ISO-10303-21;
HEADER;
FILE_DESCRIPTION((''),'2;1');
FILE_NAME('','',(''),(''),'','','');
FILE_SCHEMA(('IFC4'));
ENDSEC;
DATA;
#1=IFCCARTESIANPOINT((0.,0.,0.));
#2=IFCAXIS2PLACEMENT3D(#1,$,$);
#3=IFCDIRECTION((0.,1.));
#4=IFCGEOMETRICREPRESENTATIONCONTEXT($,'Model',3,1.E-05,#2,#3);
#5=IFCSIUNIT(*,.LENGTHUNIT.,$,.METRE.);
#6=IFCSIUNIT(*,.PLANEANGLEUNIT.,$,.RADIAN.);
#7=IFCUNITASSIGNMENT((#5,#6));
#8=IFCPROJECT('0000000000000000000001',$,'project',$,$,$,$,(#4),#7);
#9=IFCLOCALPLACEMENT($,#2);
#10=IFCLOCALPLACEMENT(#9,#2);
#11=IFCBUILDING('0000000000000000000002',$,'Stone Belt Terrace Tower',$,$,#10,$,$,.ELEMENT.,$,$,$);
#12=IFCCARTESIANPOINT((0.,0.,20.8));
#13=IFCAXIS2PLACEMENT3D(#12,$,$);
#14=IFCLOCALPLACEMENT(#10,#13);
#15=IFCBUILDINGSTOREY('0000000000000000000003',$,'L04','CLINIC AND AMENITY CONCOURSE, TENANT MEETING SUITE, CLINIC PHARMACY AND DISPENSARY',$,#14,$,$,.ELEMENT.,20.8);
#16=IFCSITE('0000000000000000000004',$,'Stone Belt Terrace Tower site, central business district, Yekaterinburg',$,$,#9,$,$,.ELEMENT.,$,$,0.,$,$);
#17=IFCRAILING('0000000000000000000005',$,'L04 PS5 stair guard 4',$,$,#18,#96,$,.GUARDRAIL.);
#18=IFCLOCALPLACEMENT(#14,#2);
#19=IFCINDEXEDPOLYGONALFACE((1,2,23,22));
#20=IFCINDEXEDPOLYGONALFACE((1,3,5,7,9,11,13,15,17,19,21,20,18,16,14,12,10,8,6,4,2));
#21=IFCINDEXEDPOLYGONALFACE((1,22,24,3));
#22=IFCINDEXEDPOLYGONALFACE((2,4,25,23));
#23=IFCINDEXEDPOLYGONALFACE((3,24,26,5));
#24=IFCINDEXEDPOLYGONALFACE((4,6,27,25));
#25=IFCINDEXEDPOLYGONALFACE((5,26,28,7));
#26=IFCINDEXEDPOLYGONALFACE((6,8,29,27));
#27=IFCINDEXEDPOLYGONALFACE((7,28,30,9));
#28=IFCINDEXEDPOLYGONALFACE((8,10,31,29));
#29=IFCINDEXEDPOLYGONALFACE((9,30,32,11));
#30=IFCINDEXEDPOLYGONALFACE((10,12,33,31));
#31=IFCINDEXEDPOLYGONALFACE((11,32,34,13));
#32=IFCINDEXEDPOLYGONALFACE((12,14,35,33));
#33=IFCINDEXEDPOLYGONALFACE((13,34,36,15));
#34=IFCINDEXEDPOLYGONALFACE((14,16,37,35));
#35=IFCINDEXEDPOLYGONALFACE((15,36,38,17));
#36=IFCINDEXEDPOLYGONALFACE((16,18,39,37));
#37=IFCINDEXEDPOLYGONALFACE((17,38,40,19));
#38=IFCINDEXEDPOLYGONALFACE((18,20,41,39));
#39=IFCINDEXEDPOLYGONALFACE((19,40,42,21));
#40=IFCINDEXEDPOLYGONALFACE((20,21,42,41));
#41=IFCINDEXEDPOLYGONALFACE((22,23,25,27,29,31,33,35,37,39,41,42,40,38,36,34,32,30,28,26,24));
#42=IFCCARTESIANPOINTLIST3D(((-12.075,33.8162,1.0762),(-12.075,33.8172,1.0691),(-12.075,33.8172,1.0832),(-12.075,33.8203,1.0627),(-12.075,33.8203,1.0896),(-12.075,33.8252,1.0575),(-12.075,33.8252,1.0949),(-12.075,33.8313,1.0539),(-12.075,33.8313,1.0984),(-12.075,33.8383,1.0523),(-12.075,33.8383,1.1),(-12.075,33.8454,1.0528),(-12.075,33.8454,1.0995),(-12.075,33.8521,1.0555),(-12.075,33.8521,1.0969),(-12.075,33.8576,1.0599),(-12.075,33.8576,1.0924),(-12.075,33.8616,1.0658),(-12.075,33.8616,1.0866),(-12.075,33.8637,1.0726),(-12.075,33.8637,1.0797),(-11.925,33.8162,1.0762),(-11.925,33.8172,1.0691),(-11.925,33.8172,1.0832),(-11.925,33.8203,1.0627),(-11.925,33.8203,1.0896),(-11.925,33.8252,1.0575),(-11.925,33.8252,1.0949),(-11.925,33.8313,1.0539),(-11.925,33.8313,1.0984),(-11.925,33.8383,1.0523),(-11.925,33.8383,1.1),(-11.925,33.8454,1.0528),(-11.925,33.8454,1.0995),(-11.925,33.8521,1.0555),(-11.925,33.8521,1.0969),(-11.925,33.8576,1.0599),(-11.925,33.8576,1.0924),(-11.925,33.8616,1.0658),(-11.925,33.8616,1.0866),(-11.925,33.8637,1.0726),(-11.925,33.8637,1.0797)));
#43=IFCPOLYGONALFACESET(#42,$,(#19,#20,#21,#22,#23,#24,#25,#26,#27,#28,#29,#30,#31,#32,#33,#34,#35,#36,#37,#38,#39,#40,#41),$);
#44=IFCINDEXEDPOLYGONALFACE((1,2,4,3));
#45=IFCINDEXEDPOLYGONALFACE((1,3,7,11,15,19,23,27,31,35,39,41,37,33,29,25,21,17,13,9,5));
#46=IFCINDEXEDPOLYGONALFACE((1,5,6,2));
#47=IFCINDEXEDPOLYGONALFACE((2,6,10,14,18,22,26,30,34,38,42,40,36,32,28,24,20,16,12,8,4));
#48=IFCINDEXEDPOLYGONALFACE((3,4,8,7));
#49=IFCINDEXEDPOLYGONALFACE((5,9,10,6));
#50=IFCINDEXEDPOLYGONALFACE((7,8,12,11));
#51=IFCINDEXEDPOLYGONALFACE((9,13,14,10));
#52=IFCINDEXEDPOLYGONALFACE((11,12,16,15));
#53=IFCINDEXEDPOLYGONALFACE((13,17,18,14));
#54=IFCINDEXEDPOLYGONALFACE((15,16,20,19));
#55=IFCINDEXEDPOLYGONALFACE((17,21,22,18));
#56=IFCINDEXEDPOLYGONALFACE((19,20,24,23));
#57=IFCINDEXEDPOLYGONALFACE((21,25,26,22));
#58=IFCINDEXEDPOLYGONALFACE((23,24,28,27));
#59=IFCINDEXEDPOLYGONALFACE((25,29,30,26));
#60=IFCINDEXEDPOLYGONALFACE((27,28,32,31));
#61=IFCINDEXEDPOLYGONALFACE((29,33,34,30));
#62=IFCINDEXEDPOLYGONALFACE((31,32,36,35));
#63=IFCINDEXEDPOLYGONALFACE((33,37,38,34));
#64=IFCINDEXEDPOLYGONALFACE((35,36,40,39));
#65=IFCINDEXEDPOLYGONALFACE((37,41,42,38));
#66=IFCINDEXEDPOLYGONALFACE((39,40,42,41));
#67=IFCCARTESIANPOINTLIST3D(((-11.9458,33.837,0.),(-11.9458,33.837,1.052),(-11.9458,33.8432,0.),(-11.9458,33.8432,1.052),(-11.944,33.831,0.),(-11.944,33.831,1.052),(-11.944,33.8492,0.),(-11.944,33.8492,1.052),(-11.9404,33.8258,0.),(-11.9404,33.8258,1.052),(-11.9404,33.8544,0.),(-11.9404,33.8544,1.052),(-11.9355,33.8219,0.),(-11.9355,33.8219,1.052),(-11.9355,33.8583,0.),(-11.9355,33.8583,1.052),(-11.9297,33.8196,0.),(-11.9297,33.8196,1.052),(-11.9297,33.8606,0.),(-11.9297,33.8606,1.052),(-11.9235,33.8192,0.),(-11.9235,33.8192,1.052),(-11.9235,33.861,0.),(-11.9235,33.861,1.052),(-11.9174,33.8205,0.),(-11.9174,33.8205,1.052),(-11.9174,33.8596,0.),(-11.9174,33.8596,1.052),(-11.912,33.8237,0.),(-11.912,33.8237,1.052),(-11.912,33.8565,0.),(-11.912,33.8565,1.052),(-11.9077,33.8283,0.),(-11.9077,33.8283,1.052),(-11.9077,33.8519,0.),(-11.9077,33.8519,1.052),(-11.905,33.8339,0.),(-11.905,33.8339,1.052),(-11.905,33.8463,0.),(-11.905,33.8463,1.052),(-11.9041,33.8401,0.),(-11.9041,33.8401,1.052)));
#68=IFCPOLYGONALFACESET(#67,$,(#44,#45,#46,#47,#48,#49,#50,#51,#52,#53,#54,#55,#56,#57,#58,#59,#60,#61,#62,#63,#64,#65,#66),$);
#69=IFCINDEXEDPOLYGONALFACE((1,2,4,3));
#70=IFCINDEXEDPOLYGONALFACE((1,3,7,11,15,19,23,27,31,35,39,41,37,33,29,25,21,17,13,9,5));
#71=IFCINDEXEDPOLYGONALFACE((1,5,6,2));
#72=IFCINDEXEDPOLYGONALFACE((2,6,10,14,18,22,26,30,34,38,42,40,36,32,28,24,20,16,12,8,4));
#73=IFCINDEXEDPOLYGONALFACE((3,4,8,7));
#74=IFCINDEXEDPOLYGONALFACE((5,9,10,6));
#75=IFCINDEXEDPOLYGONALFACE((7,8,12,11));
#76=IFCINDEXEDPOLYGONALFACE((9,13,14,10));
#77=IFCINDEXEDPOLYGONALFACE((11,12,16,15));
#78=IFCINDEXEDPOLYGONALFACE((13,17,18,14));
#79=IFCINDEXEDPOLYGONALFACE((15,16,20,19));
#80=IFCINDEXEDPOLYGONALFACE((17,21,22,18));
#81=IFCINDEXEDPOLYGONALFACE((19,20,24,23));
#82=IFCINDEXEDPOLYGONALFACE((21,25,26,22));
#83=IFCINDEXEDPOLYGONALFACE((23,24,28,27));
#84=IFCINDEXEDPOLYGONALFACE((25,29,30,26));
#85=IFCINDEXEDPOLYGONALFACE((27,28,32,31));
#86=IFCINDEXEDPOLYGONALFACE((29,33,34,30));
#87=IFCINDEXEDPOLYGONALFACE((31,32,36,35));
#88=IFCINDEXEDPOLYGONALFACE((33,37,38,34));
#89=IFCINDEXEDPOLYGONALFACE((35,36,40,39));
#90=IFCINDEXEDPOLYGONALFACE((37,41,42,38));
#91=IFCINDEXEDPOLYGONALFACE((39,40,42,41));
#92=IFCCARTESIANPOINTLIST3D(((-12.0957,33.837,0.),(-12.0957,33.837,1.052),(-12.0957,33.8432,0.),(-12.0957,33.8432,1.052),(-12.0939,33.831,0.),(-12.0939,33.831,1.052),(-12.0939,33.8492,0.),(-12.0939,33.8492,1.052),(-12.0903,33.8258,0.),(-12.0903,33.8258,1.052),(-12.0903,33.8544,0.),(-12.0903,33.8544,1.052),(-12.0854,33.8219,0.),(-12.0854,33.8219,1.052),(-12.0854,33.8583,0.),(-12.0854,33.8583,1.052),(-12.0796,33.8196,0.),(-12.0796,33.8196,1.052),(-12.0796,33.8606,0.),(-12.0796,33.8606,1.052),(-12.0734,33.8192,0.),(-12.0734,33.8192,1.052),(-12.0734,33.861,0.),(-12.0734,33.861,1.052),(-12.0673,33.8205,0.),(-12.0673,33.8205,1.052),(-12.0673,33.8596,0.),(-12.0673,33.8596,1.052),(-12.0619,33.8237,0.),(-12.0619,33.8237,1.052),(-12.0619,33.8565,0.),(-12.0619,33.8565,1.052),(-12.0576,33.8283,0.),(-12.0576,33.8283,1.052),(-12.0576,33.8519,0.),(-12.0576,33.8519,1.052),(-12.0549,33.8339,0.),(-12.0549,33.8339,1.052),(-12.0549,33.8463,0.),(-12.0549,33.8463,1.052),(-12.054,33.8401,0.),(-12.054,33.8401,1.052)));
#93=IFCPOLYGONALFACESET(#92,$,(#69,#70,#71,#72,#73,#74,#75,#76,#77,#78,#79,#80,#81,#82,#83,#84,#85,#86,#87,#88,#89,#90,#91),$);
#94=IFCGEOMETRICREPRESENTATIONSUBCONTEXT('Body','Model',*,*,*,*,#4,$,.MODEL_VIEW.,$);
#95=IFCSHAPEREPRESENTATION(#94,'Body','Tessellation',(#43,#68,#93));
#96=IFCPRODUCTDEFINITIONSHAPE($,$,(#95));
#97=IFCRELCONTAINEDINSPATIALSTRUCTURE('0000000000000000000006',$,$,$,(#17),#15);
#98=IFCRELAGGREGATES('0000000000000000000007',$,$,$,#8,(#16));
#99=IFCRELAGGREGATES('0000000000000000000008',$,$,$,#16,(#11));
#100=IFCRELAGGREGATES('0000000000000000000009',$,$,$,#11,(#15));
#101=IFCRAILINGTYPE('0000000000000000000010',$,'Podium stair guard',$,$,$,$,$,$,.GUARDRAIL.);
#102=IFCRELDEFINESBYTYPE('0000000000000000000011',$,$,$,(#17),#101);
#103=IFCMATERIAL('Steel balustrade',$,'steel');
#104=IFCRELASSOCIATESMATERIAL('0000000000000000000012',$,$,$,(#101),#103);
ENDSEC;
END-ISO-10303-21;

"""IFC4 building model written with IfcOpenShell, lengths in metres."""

from ifc_helpers import new_model, si_unit, direction, frame, origin, origin_2d, place, context, subcontext, project, spatial, circle, extrude, material, type_object, element, save


model = new_model("IFC4")

# Units and contexts
model_context = context("Model", 3, precision=1e-05, world=origin(), true_north=direction((0.0, 1.0)))
body_context = subcontext(model_context, "Body", "Model", "MODEL_VIEW")
ifc_project = project(units=[si_unit("LENGTHUNIT", "METRE"), si_unit("PLANEANGLEUNIT", "RADIAN")], contexts=[model_context])

# Site, building, storey
site_placement = place(None, origin())
site = spatial("IfcSite", under=ifc_project, at=site_placement, Name="Stone Belt Terrace Tower site, central business district, Yekaterinburg", CompositionType="ELEMENT", RefElevation=0.0)
building_placement = place(site_placement, origin())
building = spatial("IfcBuilding", under=site, at=building_placement, Name="Stone Belt Terrace Tower", CompositionType="ELEMENT")
storey_placement = place(building_placement, frame((0.0, 0.0, 20.8)))
storey = spatial("IfcBuildingStorey", under=building, at=storey_placement, Name="L04", Description="CLINIC AND AMENITY CONCOURSE, TENANT MEETING SUITE, CLINIC PHARMACY AND DISPENSARY", CompositionType="ELEMENT", Elevation=20.8)

# Railing
ifc_material_1 = material(Name="Steel balustrade", Category="steel")
railing_type_1 = type_object("IfcRailingType", Name="Podium stair guard", PredefinedType="GUARDRAIL", material=ifc_material_1)
railing_1_placement = place(storey_placement, frame((-11.925, 33.8401, 0.0)))
element("IfcRailing", 1, at=railing_1_placement, inside=storey, type_object=railing_type_1, Name="L04 PS5 stair guard 4", PredefinedType="GUARDRAIL", context=body_context, shape_type="SweptSolid", body=[
    extrude(circle(Radius=0.0239, at=origin_2d()), frame((0.0, 0.0, 1.0762), z_axis=(-1.0, 0.0, 0.0), x_axis=(0.0, -1.0, 0.0)), (0.0, 0.0, 1.0), 0.1499),
    extrude(circle(Radius=0.021, at=origin_2d()), origin(), (0.0, 0.0, 1.0), 1.052),
    extrude(circle(Radius=0.021, at=origin_2d()), frame((-0.1499, 0.0, 0.0)), (0.0, 0.0, 1.0), 1.052),
])

save(model, "model.ifc")
